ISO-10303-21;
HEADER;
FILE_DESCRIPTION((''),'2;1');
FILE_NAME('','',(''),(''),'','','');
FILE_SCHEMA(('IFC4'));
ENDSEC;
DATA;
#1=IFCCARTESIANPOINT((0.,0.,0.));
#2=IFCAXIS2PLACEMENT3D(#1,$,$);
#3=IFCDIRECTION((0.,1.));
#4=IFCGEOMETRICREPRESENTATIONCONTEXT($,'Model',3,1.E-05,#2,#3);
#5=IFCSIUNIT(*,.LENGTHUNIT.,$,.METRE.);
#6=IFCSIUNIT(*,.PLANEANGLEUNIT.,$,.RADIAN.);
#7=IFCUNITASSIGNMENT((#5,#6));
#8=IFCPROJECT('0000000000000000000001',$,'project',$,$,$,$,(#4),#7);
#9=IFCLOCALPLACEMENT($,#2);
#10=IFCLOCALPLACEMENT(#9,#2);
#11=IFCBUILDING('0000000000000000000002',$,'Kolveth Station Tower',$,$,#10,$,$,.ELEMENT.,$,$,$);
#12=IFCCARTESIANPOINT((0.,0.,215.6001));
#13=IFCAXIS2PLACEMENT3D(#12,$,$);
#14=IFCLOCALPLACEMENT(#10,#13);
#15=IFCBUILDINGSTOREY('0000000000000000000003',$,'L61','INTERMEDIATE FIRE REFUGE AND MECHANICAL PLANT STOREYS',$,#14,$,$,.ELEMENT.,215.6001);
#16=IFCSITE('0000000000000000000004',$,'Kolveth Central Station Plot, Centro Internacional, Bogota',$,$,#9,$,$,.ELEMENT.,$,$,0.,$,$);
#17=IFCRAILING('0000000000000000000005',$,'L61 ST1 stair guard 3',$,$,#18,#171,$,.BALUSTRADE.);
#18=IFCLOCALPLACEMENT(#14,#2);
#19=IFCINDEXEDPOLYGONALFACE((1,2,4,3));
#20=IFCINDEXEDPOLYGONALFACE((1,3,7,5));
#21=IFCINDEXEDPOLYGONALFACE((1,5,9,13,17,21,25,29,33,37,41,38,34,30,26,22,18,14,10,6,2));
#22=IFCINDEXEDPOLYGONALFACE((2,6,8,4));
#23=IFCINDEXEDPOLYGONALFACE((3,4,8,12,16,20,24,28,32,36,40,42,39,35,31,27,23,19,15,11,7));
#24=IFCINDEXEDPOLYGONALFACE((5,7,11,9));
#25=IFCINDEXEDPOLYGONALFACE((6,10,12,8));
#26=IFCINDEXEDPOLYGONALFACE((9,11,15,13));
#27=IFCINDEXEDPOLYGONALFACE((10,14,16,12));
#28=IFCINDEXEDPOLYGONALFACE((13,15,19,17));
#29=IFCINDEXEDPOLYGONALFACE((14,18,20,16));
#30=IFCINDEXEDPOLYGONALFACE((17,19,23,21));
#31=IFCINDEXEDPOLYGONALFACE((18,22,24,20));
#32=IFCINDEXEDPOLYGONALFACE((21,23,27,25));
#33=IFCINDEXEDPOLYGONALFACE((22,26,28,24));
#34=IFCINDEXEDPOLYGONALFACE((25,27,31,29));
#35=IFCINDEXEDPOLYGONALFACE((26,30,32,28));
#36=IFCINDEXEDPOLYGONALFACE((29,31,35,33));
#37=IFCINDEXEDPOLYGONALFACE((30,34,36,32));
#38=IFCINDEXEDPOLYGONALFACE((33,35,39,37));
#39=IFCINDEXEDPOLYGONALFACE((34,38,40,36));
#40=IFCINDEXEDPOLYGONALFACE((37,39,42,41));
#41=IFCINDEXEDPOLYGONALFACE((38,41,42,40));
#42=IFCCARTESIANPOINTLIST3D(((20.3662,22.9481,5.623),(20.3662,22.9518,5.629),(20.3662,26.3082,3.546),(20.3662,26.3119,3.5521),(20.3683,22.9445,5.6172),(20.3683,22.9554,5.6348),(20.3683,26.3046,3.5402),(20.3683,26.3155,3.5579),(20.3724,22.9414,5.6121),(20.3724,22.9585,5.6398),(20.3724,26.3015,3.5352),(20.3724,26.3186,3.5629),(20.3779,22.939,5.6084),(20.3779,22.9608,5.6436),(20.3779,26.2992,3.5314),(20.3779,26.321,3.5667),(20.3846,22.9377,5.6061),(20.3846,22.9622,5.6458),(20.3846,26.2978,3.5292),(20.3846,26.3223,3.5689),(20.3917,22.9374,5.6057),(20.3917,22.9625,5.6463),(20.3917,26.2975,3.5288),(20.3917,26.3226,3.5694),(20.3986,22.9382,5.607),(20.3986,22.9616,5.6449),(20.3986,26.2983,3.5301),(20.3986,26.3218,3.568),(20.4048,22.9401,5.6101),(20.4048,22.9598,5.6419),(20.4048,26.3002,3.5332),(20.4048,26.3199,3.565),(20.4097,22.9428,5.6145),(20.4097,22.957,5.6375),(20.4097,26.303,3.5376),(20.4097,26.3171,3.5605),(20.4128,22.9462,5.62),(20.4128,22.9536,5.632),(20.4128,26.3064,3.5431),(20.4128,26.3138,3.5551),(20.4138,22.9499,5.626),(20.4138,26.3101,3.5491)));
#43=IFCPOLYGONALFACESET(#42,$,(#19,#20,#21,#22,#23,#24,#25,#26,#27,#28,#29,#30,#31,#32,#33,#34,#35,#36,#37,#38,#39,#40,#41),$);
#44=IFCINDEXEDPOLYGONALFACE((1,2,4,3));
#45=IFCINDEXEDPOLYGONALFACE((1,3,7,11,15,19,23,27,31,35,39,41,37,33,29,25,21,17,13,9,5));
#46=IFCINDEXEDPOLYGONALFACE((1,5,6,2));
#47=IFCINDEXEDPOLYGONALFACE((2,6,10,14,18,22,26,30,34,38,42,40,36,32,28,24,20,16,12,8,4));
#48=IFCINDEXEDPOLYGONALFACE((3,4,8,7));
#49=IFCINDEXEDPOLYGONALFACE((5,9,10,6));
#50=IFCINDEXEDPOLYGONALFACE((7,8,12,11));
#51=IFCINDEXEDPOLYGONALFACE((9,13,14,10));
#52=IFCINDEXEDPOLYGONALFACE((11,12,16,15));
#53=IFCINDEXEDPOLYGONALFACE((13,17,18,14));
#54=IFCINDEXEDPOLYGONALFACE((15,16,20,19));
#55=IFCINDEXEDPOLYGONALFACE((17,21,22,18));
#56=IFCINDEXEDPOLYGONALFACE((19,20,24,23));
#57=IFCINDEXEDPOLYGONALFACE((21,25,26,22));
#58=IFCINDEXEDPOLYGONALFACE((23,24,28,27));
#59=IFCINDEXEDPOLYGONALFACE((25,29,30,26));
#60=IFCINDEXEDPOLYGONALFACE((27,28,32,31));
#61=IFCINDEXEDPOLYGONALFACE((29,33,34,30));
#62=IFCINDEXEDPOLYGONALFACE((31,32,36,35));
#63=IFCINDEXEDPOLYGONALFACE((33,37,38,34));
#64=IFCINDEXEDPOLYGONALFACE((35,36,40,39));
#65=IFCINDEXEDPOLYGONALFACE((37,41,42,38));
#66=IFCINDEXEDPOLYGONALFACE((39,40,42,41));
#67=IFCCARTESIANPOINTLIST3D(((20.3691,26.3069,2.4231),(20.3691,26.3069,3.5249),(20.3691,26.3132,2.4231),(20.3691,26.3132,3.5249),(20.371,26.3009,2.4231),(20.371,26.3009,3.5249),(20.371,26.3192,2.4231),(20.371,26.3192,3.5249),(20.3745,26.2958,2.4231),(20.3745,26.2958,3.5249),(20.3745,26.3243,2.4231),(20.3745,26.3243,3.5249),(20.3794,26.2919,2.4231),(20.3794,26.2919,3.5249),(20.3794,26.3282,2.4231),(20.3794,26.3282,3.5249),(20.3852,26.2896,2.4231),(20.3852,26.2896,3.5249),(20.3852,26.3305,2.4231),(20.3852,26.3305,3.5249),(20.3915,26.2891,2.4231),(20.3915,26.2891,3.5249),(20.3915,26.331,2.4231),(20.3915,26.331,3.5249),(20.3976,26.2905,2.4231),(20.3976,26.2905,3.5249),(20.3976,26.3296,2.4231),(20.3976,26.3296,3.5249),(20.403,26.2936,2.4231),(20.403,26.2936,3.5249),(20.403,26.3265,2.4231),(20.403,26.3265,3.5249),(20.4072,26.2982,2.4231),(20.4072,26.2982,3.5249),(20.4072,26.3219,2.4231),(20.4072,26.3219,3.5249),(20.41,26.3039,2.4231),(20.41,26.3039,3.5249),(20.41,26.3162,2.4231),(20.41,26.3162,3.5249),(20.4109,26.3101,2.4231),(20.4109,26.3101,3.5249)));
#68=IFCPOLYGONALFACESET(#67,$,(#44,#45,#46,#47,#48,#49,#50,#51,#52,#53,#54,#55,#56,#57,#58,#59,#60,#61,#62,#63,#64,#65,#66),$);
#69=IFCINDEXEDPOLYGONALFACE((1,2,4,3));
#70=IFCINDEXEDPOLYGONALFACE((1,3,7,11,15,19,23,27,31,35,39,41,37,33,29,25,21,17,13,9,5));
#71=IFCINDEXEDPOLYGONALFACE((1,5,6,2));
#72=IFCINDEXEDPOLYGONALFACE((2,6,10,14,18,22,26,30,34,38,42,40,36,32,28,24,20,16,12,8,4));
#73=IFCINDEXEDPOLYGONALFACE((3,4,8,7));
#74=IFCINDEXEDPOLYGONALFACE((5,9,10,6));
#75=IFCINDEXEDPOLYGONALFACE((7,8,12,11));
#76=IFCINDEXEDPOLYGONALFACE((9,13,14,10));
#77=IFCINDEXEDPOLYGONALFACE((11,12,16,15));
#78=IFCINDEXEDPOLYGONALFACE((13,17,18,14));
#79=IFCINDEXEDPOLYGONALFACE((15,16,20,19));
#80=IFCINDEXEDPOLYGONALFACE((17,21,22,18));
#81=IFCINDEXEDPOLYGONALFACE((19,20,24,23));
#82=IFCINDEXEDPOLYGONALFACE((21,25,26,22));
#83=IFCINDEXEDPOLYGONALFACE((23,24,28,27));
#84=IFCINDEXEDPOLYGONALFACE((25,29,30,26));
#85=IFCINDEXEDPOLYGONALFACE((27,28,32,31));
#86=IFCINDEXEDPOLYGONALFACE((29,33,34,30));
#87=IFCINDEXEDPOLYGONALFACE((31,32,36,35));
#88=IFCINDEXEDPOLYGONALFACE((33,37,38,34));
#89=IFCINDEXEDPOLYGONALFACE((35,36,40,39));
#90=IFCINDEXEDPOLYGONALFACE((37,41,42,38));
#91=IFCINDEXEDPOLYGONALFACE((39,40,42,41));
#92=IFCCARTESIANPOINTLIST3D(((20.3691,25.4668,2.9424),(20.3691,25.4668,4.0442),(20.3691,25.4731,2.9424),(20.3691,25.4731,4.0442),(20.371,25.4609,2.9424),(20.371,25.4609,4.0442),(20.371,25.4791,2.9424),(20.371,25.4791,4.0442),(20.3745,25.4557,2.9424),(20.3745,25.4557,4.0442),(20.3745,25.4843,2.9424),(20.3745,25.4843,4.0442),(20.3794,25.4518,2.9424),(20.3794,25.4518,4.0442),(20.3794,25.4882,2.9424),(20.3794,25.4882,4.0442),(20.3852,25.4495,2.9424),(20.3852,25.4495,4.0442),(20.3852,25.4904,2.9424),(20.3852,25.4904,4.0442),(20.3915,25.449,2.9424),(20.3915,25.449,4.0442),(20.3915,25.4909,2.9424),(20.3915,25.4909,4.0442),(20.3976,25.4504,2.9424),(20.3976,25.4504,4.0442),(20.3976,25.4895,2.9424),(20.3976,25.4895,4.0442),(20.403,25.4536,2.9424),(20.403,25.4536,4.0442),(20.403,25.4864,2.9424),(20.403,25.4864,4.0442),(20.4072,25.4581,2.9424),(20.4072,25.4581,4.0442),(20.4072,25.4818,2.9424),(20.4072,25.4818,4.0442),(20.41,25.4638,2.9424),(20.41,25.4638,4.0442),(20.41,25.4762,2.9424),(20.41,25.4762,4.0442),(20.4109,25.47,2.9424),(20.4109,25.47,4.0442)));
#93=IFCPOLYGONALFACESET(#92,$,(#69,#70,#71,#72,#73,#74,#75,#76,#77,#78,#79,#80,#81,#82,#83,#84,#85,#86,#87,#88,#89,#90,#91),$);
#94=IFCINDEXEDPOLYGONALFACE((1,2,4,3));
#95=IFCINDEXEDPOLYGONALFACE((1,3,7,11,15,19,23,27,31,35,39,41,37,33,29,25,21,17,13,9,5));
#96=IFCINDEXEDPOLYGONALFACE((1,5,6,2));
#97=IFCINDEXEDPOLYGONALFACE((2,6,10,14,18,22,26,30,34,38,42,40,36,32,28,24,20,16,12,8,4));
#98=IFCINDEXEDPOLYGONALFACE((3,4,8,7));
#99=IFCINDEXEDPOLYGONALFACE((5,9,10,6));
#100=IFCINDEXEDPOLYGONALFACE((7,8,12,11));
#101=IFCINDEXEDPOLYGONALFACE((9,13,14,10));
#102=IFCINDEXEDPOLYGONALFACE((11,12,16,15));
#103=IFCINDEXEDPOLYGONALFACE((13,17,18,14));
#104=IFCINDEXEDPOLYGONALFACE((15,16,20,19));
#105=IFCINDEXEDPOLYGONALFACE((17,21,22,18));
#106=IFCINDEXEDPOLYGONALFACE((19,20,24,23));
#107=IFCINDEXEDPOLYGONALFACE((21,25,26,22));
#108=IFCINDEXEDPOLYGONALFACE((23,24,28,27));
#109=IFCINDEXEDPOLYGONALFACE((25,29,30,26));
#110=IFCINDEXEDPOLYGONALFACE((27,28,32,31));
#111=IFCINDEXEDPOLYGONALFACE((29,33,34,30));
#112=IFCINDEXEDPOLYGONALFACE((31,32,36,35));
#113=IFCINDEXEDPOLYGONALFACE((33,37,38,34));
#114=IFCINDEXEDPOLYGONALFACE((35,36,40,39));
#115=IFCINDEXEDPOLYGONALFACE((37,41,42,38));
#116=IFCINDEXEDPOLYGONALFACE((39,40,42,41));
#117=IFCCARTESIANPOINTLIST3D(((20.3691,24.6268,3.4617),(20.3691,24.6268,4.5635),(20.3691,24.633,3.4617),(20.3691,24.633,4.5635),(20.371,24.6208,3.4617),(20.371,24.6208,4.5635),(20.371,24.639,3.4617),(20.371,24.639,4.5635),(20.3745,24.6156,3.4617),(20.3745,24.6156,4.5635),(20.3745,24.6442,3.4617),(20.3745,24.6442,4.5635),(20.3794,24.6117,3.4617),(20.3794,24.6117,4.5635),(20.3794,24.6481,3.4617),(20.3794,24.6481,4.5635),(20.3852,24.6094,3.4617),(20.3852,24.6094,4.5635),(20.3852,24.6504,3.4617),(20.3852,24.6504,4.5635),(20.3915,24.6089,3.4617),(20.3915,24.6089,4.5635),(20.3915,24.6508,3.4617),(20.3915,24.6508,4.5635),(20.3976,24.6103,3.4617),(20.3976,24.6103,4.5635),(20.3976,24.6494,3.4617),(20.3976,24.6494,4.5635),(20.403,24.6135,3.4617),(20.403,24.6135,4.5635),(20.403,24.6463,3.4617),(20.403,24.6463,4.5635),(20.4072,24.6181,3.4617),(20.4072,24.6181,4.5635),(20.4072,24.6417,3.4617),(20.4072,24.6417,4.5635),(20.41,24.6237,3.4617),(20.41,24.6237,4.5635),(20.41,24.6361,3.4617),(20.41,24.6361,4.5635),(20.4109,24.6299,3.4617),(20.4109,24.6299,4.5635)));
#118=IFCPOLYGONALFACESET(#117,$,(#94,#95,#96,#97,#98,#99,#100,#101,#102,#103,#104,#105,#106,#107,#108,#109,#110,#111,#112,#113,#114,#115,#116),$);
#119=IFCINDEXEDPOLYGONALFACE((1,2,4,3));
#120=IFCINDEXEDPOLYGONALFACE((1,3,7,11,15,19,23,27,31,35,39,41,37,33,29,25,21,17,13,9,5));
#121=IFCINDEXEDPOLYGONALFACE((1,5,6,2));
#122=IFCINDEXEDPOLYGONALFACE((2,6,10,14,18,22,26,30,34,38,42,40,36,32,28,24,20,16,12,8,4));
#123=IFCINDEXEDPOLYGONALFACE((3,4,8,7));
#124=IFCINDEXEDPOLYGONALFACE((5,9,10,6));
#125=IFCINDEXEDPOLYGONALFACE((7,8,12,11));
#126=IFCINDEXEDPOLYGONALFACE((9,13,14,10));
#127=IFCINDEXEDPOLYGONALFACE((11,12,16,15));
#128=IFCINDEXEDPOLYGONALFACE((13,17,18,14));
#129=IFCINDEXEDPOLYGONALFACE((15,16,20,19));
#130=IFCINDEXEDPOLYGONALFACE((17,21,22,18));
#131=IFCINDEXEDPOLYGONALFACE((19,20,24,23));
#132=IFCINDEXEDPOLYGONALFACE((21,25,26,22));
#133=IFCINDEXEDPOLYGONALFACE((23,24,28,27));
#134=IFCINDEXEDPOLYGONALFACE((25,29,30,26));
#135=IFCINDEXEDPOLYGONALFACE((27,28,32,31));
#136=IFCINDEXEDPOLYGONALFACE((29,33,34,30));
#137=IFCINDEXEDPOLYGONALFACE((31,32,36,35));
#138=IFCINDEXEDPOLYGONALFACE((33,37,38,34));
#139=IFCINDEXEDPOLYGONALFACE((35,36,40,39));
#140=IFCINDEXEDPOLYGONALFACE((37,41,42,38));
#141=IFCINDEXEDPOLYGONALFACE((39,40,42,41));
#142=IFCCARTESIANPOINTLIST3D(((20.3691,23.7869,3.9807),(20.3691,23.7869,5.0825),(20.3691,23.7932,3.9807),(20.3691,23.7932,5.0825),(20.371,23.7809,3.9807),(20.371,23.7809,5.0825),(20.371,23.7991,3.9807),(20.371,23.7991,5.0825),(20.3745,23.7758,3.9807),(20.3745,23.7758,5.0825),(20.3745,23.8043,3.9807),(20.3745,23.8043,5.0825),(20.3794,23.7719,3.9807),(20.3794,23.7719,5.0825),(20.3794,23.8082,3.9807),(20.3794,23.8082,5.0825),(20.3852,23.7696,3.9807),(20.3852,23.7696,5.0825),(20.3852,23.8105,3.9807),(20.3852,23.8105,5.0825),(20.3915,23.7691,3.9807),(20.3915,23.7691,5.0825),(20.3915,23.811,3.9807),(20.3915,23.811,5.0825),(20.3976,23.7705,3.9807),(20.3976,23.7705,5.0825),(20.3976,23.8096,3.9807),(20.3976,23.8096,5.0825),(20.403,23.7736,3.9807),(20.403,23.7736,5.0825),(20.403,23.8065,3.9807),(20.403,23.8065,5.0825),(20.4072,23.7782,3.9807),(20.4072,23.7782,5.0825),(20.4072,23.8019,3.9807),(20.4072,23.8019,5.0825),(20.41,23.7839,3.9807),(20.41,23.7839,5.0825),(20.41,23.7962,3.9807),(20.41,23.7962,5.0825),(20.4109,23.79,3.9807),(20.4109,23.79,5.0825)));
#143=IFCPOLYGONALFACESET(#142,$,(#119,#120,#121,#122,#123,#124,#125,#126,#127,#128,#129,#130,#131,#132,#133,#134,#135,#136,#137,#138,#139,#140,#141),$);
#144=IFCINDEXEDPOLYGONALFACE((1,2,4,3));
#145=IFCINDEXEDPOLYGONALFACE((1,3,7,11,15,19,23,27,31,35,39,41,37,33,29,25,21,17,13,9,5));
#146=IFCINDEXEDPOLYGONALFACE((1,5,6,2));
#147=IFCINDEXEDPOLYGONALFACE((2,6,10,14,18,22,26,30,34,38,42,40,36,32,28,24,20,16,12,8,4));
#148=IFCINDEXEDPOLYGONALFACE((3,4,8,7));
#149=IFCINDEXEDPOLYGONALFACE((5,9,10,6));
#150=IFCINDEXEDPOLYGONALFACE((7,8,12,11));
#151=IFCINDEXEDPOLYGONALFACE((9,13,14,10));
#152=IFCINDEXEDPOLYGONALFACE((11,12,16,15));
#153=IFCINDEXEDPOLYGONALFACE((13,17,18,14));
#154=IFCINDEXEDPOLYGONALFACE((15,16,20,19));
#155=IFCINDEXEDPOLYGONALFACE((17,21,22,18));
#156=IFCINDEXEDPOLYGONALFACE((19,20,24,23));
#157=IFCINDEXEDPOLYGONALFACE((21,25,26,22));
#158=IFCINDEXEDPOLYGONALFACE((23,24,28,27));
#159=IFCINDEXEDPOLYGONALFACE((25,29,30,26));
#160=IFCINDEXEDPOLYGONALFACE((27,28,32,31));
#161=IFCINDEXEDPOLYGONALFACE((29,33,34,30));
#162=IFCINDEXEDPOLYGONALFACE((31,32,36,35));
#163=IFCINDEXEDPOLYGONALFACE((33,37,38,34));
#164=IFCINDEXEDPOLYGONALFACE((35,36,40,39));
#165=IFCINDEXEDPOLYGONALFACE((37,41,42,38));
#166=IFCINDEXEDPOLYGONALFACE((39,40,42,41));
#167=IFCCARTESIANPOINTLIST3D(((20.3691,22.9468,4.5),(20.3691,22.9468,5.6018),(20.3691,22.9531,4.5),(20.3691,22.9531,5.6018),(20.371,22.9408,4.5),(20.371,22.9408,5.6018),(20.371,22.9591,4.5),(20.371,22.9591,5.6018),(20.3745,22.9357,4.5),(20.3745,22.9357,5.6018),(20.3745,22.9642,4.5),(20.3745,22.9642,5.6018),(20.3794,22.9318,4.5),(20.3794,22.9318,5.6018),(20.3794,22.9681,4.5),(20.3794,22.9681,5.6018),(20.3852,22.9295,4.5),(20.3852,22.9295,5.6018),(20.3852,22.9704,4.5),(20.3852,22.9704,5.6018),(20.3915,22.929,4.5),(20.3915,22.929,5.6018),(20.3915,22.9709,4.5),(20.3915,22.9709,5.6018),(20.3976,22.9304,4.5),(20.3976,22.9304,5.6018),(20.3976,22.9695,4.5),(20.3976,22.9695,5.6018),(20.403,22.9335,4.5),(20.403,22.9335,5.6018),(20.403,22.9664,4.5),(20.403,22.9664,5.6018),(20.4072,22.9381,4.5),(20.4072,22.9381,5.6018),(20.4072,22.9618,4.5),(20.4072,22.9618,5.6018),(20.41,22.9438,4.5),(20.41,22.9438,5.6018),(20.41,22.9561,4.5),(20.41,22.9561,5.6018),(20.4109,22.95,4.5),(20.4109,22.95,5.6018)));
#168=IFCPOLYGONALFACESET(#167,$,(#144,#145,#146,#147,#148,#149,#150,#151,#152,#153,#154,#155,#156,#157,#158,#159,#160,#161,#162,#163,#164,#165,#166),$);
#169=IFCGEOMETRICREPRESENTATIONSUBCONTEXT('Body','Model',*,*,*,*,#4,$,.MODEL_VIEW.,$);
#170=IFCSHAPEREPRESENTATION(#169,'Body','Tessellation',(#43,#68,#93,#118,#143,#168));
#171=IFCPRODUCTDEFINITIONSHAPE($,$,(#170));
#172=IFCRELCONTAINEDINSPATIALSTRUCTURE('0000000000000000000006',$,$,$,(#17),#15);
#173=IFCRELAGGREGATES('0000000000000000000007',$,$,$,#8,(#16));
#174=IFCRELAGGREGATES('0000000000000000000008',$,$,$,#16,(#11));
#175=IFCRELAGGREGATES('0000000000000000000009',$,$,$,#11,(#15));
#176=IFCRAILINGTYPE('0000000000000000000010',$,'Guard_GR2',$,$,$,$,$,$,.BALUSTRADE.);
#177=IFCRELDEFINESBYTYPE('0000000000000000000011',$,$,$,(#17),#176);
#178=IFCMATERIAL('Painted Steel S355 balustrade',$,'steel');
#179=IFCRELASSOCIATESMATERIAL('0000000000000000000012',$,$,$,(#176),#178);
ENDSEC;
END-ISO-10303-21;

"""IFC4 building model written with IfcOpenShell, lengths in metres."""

from ifc_helpers import new_model, si_unit, direction, frame, origin, origin_2d, place, context, subcontext, project, spatial, circle, extrude, material, type_object, element, save


model = new_model("IFC4")

# Units and contexts
model_context = context("Model", 3, precision=1e-05, world=origin(), true_north=direction((0.0, 1.0)))
body_context = subcontext(model_context, "Body", "Model", "MODEL_VIEW")
ifc_project = project(units=[si_unit("LENGTHUNIT", "METRE"), si_unit("PLANEANGLEUNIT", "RADIAN")], contexts=[model_context])

# Site, building, storey
site_placement = place(None, origin())
site = spatial("IfcSite", under=ifc_project, at=site_placement, Name="Kolveth Central Station Plot, Centro Internacional, Bogota", CompositionType="ELEMENT", RefElevation=0.0)
building_placement = place(site_placement, origin())
building = spatial("IfcBuilding", under=site, at=building_placement, Name="Kolveth Station Tower", CompositionType="ELEMENT")
storey_placement = place(building_placement, frame((0.0, 0.0, 215.6001)))
storey = spatial("IfcBuildingStorey", under=building, at=storey_placement, Name="L61", Description="INTERMEDIATE FIRE REFUGE AND MECHANICAL PLANT STOREYS", CompositionType="ELEMENT", Elevation=215.6001)

# Railing
ifc_material_1 = material(Name="Painted Steel S355 balustrade", Category="steel")
railing_type_1 = type_object("IfcRailingType", Name="Guard_GR2", PredefinedType="BALUSTRADE", material=ifc_material_1)
railing_1_placement = place(storey_placement, frame((20.3899, 26.3101, 2.4231)))
element("IfcRailing", 1, at=railing_1_placement, inside=storey, type_object=railing_type_1, Name="L61 ST1 stair guard 3", PredefinedType="BALUSTRADE", context=body_context, shape_type="SweptSolid", body=[
    extrude(circle(Radius=0.0239, at=origin_2d()), frame((0.0, 0.0, 1.126), z_axis=(0.0, -0.850623, 0.525776), x_axis=(1.0, 0.0, 0.0)), (0.0, 0.0, 1.0), 3.9502),
    extrude(circle(Radius=0.021, at=origin_2d()), origin(), (0.0, 0.0, 1.0), 1.1018),
    extrude(circle(Radius=0.021, at=origin_2d()), frame((0.0, -0.8401, 0.5193)), (0.0, 0.0, 1.0), 1.1018),
    extrude(circle(Radius=0.021, at=origin_2d()), frame((0.0, -1.6802, 1.0386)), (0.0, 0.0, 1.0), 1.1018),
    extrude(circle(Radius=0.021, at=origin_2d()), frame((0.0, -2.52, 1.5576)), (0.0, 0.0, 1.0), 1.1018),
    extrude(circle(Radius=0.021, at=origin_2d()), frame((0.0, -3.3601, 2.0769)), (0.0, 0.0, 1.0), 1.1018),
])

save(model, "model.ifc")
